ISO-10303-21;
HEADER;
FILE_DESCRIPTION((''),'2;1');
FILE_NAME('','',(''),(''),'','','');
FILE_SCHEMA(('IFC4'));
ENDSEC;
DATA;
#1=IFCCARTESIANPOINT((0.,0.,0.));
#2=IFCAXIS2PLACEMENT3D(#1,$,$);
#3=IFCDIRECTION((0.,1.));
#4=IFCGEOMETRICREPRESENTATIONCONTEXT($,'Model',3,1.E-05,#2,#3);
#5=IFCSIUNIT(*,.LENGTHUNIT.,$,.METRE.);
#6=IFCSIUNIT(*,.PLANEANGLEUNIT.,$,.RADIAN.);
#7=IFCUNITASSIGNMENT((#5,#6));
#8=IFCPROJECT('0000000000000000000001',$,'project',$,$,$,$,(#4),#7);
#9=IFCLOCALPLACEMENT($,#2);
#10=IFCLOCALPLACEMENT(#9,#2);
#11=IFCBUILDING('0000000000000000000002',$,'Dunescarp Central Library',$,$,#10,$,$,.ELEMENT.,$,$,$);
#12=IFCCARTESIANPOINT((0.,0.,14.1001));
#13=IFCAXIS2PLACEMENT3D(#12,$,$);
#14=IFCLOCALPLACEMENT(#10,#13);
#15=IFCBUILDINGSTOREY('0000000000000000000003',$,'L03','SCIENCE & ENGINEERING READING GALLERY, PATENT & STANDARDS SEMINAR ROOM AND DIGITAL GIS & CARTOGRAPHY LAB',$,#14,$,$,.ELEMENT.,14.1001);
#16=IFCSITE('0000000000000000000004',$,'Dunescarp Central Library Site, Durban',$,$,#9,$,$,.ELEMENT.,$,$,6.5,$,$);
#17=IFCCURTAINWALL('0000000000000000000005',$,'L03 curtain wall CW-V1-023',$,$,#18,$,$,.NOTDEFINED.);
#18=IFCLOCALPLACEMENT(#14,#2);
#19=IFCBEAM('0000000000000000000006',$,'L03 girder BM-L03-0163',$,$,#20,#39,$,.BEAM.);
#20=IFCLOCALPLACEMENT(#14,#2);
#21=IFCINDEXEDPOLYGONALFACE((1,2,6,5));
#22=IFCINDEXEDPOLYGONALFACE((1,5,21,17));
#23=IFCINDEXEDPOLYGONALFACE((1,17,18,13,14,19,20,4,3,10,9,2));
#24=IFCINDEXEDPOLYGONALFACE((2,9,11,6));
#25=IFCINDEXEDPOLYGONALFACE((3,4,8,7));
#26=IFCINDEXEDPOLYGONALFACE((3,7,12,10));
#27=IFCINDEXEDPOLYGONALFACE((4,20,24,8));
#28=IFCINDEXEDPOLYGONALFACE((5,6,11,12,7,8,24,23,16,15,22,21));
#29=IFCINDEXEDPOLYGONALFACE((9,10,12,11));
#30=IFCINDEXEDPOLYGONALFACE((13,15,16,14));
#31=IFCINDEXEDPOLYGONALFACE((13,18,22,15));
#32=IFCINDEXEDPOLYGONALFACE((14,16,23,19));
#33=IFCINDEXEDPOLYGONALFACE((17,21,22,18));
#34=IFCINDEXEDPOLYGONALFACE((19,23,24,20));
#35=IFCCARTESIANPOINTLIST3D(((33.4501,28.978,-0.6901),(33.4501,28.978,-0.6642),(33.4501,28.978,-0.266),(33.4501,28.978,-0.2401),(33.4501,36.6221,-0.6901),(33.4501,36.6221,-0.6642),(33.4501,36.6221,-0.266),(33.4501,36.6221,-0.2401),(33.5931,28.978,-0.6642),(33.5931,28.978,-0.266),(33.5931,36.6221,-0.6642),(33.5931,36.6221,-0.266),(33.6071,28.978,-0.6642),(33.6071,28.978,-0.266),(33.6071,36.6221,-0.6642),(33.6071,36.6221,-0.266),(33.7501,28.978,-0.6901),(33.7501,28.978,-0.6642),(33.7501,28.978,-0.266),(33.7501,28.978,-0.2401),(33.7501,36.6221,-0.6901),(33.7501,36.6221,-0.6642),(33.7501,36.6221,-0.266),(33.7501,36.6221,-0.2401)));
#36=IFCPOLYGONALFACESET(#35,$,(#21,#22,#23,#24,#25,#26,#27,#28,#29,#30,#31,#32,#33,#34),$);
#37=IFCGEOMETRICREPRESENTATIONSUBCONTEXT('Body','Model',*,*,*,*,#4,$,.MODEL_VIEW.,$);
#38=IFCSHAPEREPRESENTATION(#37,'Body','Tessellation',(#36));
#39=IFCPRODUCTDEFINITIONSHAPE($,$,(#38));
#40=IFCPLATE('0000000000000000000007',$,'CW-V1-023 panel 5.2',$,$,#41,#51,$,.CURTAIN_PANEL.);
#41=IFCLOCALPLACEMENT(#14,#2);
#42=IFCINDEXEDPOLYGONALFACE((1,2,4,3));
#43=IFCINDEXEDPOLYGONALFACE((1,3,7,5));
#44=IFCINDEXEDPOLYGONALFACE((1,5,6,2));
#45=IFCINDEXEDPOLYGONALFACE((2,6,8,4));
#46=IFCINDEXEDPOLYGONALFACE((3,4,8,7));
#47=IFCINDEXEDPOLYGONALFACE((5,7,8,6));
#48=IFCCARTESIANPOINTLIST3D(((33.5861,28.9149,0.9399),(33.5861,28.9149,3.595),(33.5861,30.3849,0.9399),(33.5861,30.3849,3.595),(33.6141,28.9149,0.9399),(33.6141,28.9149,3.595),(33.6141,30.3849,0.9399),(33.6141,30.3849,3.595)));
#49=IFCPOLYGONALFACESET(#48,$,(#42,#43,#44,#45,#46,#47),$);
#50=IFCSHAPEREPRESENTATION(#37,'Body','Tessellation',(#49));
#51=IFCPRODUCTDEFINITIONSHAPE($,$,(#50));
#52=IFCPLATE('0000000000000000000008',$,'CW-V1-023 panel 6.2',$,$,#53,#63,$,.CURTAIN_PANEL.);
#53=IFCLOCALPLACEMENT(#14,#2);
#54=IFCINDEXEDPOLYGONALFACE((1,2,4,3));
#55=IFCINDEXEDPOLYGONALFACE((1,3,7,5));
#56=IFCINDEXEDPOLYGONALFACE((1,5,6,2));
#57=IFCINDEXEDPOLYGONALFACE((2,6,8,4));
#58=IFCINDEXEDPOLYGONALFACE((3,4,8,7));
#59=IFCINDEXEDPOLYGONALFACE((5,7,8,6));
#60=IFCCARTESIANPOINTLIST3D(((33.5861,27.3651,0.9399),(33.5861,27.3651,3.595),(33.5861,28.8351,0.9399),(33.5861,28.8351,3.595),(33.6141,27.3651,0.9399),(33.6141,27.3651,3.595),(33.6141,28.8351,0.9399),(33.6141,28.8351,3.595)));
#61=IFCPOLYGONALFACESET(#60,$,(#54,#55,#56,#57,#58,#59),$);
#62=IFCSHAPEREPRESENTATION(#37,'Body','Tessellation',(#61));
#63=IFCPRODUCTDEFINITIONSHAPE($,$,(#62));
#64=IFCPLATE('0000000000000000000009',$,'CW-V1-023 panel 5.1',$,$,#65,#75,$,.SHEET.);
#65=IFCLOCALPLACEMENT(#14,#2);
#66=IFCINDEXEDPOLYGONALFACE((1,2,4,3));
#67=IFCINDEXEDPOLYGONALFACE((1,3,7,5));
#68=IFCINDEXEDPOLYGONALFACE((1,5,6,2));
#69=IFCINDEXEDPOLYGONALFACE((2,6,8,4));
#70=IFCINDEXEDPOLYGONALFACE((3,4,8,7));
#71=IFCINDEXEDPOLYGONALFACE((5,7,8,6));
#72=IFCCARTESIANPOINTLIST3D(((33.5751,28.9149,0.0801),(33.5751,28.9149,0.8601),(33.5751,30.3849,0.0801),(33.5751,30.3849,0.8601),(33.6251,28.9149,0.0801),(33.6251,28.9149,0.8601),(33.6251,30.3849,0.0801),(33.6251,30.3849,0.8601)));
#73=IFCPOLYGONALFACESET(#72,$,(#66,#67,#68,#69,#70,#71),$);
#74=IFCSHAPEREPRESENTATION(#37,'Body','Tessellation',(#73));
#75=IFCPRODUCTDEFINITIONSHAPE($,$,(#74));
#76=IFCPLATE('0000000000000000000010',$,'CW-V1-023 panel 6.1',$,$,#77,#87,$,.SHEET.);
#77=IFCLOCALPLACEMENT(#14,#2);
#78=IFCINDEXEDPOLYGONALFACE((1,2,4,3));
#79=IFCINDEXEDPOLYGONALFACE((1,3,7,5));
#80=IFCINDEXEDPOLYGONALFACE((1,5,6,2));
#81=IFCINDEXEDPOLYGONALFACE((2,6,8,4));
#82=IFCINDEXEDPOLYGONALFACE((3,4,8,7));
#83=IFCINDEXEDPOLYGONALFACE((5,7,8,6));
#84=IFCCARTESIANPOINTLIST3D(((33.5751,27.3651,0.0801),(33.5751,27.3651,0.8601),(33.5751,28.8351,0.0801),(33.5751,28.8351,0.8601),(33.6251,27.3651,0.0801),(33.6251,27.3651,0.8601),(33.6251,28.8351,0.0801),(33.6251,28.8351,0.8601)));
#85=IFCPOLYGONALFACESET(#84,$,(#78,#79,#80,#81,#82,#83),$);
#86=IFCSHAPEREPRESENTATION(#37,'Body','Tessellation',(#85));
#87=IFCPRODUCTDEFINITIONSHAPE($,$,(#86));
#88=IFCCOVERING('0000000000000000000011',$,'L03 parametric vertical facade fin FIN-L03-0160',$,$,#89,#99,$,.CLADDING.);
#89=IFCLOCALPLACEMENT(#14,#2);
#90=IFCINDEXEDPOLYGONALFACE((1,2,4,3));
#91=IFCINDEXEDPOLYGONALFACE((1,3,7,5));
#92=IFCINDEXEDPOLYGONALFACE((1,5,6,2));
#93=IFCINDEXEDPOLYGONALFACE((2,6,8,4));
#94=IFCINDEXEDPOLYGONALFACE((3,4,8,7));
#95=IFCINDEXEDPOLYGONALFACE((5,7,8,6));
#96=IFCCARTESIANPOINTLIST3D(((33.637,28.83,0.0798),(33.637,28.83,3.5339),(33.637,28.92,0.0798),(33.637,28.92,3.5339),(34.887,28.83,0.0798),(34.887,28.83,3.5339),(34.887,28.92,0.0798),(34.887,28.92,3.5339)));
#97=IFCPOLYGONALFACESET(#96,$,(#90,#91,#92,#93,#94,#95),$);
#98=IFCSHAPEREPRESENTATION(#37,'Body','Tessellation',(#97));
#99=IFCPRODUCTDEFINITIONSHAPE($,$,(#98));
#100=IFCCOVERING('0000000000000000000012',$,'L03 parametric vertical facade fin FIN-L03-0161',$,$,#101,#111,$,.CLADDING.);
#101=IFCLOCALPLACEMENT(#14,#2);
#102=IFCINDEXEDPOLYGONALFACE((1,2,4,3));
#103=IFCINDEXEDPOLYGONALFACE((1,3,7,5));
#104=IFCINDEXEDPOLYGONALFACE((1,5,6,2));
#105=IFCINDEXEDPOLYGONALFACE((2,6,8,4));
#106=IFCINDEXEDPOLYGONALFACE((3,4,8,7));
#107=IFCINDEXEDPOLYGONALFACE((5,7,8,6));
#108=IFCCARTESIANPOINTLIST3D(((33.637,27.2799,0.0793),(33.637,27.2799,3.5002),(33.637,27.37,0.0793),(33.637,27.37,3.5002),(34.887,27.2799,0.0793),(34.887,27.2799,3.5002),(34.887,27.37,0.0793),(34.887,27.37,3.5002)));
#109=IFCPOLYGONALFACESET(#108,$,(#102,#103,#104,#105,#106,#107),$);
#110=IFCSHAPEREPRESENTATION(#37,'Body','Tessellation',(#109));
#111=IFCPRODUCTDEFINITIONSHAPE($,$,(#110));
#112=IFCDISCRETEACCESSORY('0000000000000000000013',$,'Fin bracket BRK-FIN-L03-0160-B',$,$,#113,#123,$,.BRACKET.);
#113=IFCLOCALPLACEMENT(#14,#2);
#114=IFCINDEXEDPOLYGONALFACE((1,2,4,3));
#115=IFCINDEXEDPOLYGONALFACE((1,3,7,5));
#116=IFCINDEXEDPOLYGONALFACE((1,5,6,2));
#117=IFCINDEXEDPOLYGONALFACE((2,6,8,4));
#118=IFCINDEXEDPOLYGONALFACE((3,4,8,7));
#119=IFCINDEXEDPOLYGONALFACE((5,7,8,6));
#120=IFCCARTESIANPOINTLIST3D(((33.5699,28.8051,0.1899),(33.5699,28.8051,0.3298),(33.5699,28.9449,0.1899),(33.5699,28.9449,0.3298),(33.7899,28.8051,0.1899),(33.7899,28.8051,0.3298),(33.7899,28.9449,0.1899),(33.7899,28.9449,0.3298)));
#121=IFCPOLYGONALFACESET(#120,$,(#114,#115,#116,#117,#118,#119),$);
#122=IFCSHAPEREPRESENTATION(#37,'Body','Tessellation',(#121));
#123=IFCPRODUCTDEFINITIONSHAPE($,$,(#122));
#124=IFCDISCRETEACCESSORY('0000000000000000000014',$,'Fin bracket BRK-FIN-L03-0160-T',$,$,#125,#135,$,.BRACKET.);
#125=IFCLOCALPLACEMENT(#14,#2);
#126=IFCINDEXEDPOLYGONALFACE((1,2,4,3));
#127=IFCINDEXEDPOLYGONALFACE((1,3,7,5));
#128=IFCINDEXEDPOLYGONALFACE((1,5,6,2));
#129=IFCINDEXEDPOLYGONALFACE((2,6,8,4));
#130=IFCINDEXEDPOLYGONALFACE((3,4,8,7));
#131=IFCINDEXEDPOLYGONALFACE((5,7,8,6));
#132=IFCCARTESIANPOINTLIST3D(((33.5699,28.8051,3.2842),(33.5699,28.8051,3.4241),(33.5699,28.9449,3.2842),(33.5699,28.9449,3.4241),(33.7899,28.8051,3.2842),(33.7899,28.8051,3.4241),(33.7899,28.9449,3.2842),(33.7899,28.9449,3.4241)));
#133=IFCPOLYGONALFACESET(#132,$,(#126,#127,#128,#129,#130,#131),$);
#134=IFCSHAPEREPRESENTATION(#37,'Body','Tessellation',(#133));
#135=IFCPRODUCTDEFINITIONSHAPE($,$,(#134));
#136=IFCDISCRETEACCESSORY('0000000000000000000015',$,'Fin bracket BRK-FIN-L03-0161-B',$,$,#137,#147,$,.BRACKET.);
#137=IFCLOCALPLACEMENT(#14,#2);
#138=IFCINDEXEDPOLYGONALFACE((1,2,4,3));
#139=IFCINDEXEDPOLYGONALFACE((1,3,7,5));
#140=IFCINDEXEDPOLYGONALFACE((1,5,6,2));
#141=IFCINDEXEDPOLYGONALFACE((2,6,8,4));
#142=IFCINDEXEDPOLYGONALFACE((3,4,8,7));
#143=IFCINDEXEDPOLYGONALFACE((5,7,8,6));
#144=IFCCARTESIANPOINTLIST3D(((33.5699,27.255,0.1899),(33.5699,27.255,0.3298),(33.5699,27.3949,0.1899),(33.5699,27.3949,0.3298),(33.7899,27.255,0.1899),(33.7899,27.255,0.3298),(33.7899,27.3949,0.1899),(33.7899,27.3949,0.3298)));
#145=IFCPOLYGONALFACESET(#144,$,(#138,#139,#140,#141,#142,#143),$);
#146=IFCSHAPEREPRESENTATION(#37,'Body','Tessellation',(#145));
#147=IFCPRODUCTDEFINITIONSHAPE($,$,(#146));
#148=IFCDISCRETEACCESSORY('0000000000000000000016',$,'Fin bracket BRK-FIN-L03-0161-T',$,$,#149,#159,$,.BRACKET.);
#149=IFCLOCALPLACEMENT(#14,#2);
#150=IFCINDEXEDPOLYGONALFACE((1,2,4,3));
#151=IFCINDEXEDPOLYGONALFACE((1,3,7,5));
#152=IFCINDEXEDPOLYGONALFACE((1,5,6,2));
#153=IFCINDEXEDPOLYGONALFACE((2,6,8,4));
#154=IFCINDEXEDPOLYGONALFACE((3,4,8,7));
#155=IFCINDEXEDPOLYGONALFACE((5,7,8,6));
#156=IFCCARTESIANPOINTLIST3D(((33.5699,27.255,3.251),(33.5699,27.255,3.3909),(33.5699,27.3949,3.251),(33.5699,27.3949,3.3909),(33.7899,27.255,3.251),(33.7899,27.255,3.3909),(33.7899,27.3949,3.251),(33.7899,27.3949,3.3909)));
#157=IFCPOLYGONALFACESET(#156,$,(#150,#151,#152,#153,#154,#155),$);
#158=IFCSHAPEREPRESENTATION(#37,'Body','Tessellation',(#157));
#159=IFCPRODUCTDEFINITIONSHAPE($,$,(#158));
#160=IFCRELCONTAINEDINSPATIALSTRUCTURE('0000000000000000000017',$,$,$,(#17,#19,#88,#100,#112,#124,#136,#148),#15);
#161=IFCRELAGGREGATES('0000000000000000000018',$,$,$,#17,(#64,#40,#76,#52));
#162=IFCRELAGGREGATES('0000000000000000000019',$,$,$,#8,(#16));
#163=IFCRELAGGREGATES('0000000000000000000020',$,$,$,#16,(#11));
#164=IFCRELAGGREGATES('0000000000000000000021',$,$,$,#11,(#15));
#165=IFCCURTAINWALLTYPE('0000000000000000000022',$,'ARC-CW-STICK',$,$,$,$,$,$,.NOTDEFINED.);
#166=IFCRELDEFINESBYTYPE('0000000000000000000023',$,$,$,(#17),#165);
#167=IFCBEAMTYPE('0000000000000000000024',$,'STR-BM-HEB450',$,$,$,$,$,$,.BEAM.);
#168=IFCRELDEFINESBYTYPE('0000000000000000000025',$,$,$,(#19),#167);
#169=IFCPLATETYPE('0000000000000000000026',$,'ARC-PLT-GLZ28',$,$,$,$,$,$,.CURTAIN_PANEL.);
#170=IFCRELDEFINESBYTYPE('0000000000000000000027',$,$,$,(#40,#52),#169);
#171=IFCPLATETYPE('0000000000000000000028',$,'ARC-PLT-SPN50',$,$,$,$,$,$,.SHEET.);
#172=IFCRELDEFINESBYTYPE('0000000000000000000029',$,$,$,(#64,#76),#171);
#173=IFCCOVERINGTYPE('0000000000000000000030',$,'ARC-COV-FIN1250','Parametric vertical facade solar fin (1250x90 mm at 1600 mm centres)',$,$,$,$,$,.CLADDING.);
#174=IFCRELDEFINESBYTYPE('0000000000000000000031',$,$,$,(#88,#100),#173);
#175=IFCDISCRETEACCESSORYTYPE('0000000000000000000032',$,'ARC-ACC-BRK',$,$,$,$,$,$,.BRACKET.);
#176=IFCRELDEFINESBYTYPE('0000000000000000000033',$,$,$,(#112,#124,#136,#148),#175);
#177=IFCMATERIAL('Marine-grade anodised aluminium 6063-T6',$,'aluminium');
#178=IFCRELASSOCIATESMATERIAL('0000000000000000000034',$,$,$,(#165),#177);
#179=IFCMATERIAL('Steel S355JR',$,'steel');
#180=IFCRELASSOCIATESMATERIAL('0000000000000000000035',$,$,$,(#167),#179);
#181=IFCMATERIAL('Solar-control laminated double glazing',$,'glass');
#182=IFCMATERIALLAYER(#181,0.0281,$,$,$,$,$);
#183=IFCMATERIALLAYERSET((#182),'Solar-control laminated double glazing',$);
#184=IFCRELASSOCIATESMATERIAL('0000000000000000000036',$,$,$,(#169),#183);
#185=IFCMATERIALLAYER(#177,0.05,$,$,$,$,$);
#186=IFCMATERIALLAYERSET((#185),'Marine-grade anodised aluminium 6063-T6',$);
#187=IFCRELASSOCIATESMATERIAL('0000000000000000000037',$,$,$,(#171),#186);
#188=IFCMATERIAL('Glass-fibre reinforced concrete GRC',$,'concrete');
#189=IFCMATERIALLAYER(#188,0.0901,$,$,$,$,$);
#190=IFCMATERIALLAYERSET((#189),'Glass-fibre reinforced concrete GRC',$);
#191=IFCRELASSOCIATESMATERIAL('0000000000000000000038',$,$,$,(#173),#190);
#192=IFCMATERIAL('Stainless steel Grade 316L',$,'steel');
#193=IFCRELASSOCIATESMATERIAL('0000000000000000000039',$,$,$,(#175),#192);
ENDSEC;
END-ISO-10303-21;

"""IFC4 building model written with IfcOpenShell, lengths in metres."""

from ifc_helpers import new_model, si_unit, direction, frame, origin, origin_2d, place, context, subcontext, project, spatial, rectangle, i_section, extrude, material, layer, layer_set, material_profile, profile_set, type_object, element, aggregate, save


model = new_model("IFC4")

# Units and contexts
model_context = context("Model", 3, precision=1e-05, world=origin(), true_north=direction((0.0, 1.0)))
body_context = subcontext(model_context, "Body", "Model", "MODEL_VIEW")
ifc_project = project(units=[si_unit("LENGTHUNIT", "METRE"), si_unit("PLANEANGLEUNIT", "RADIAN")], contexts=[model_context])

# Site, building, storey
site_placement = place(None, origin())
site = spatial("IfcSite", under=ifc_project, at=site_placement, Name="Dunescarp Central Library Site, Durban", CompositionType="ELEMENT", RefElevation=6.5)
building_placement = place(site_placement, origin())
building = spatial("IfcBuilding", under=site, at=building_placement, Name="Dunescarp Central Library", CompositionType="ELEMENT")
storey_placement = place(building_placement, frame((0.0, 0.0, 14.1001)))
storey = spatial("IfcBuildingStorey", under=building, at=storey_placement, Name="L03", Description="SCIENCE & ENGINEERING READING GALLERY, PATENT & STANDARDS SEMINAR ROOM AND DIGITAL GIS & CARTOGRAPHY LAB", CompositionType="ELEMENT", Elevation=14.1001)

# Shared definitions
ifc_material_1 = material(Name="Steel S355JR", Category="steel")

# Curtain wall
ifc_material_2 = material(Name="Marine-grade anodised aluminium 6063-T6", Category="aluminium")
curtain_wall_type = type_object("IfcCurtainWallType", Name="ARC-CW-STICK", PredefinedType="NOTDEFINED", material=ifc_material_2)
curtain_wall_placement = place(storey_placement, origin())
curtain_wall = element("IfcCurtainWall", 1, at=curtain_wall_placement, inside=storey, type_object=curtain_wall_type, Name="L03 curtain wall CW-V1-023", PredefinedType="NOTDEFINED")

# Beam
ifc_material_profile_1 = material_profile(ifc_material_1, i_section(OverallWidth=0.3, OverallDepth=0.45, WebThickness=0.0139, FlangeThickness=0.0259, at=origin_2d()), Name="HEB 450")
ifc_profile_set_1 = profile_set([ifc_material_profile_1], Name="Steel S355JR")
beam_type_1 = type_object("IfcBeamType", Name="STR-BM-HEB450", PredefinedType="BEAM", material=ifc_profile_set_1)
beam_1_placement = place(storey_placement, frame((33.6001, 28.978, -0.4651), z_axis=(0.0, 1.0, 0.0), x_axis=(-1.0, 0.0, 0.0)))
element("IfcBeam", 2, at=beam_1_placement, inside=storey, type_object=beam_type_1, Name="L03 girder BM-L03-0163", PredefinedType="BEAM", context=body_context, shape_type="SweptSolid", body=[
    extrude(i_section(OverallWidth=0.3, OverallDepth=0.45, WebThickness=0.0139, FlangeThickness=0.0259, at=origin_2d()), origin(), (0.0, 0.0, 1.0), 7.644),
])

# Plates
ifc_material_3 = material(Name="Solar-control laminated double glazing", Category="glass")
ifc_layer_1 = layer(ifc_material_3, 0.0281)
ifc_layer_set_1 = layer_set([ifc_layer_1], Name="Solar-control laminated double glazing")
plate_type_1 = type_object("IfcPlateType", Name="ARC-PLT-GLZ28", PredefinedType="CURTAIN_PANEL", material=ifc_layer_set_1)
plate_1_placement = place(storey_placement, frame((33.6001, 29.6499, 0.9399), z_axis=(0.0, 0.0, 1.0), x_axis=(0.0, -1.0, 0.0)))
plate_1 = element("IfcPlate", 3, at=plate_1_placement, type_object=plate_type_1, Name="CW-V1-023 panel 5.2", PredefinedType="CURTAIN_PANEL", context=body_context, shape_type="SweptSolid", body=[
    extrude(rectangle(XDim=1.47, YDim=0.0281, at=origin_2d()), origin(), (0.0, 0.0, 1.0), 2.655),
])
plate_2_placement = place(storey_placement, frame((33.6001, 28.1001, 0.9399), z_axis=(0.0, 0.0, 1.0), x_axis=(0.0, -1.0, 0.0)))
plate_2 = element("IfcPlate", 4, at=plate_2_placement, type_object=plate_type_1, Name="CW-V1-023 panel 6.2", PredefinedType="CURTAIN_PANEL", context=body_context, shape_type="SweptSolid", body=[
    extrude(rectangle(XDim=1.47, YDim=0.0281, at=origin_2d()), origin(), (0.0, 0.0, 1.0), 2.655),
])
ifc_layer_2 = layer(ifc_material_2, 0.05)
ifc_layer_set_2 = layer_set([ifc_layer_2], Name="Marine-grade anodised aluminium 6063-T6")
plate_type_2 = type_object("IfcPlateType", Name="ARC-PLT-SPN50", PredefinedType="SHEET", material=ifc_layer_set_2)
plate_3_placement = place(storey_placement, frame((33.6001, 29.6499, 0.0801), z_axis=(0.0, 0.0, 1.0), x_axis=(0.0, -1.0, 0.0)))
plate_3 = element("IfcPlate", 5, at=plate_3_placement, type_object=plate_type_2, Name="CW-V1-023 panel 5.1", PredefinedType="SHEET", context=body_context, shape_type="SweptSolid", body=[
    extrude(rectangle(XDim=1.47, YDim=0.05, at=origin_2d()), origin(), (0.0, 0.0, 1.0), 0.78),
])
plate_4_placement = place(storey_placement, frame((33.6001, 28.1001, 0.0801), z_axis=(0.0, 0.0, 1.0), x_axis=(0.0, -1.0, 0.0)))
plate_4 = element("IfcPlate", 6, at=plate_4_placement, type_object=plate_type_2, Name="CW-V1-023 panel 6.1", PredefinedType="SHEET", context=body_context, shape_type="SweptSolid", body=[
    extrude(rectangle(XDim=1.47, YDim=0.05, at=origin_2d()), origin(), (0.0, 0.0, 1.0), 0.78),
])
aggregate(curtain_wall, [plate_3, plate_1, plate_4, plate_2])

# Coverings
ifc_material_4 = material(Name="Glass-fibre reinforced concrete GRC", Category="concrete")
ifc_layer_3 = layer(ifc_material_4, 0.0901)
ifc_layer_set_3 = layer_set([ifc_layer_3], Name="Glass-fibre reinforced concrete GRC")
covering_type = type_object("IfcCoveringType", Name="ARC-COV-FIN1250", Description="Parametric vertical facade solar fin (1250x90 mm at 1600 mm centres)", PredefinedType="CLADDING", material=ifc_layer_set_3)
covering_1_placement = place(storey_placement, frame((34.262, 28.875, 0.0798), z_axis=(0.0, 0.0, 1.0), x_axis=(1.0, 0.0, 0.0)))
element("IfcCovering", 7, at=covering_1_placement, inside=storey, type_object=covering_type, Name="L03 parametric vertical facade fin FIN-L03-0160", PredefinedType="CLADDING", context=body_context, shape_type="SweptSolid", body=[
    extrude(rectangle(XDim=1.25, YDim=0.0901, at=origin_2d()), origin(), (0.0, 0.0, 1.0), 3.4541),
])
covering_2_placement = place(storey_placement, frame((34.262, 27.325, 0.0793), z_axis=(0.0, 0.0, 1.0), x_axis=(1.0, 0.0, 0.0)))
element("IfcCovering", 8, at=covering_2_placement, inside=storey, type_object=covering_type, Name="L03 parametric vertical facade fin FIN-L03-0161", PredefinedType="CLADDING", context=body_context, shape_type="SweptSolid", body=[
    extrude(rectangle(XDim=1.25, YDim=0.0901, at=origin_2d()), origin(), (0.0, 0.0, 1.0), 3.4209),
])

# Discrete accessories
ifc_material_5 = material(Name="Stainless steel Grade 316L", Category="steel")
discrete_accessory_type = type_object("IfcDiscreteAccessoryType", Name="ARC-ACC-BRK", PredefinedType="BRACKET", material=ifc_material_5)
for number, where, z_axis, x_axis, name in (
    (9, (33.6799, 28.875, 0.1899), (0.0, 0.0, 1.0), (1.0, 0.0, 0.0), "Fin bracket BRK-FIN-L03-0160-B"),
    (10, (33.6799, 28.875, 3.2842), (0.0, 0.0, 1.0), (1.0, 0.0, 0.0), "Fin bracket BRK-FIN-L03-0160-T"),
    (11, (33.6799, 27.325, 0.1899), (0.0, 0.0, 1.0), (1.0, 0.0, 0.0), "Fin bracket BRK-FIN-L03-0161-B"),
    (12, (33.6799, 27.325, 3.251), (0.0, 0.0, 1.0), (1.0, 0.0, 0.0), "Fin bracket BRK-FIN-L03-0161-T"),
):
    element("IfcDiscreteAccessory", number, at=place(storey_placement, frame(where, z_axis=z_axis, x_axis=x_axis)), inside=storey, type_object=discrete_accessory_type, Name=name, PredefinedType="BRACKET", context=body_context, shape_type="SweptSolid", body=[
        extrude(rectangle(XDim=0.22, YDim=0.1399, at=origin_2d()), origin(), (0.0, 0.0, 1.0), 0.1399),
    ])

save(model, "model.ifc")
